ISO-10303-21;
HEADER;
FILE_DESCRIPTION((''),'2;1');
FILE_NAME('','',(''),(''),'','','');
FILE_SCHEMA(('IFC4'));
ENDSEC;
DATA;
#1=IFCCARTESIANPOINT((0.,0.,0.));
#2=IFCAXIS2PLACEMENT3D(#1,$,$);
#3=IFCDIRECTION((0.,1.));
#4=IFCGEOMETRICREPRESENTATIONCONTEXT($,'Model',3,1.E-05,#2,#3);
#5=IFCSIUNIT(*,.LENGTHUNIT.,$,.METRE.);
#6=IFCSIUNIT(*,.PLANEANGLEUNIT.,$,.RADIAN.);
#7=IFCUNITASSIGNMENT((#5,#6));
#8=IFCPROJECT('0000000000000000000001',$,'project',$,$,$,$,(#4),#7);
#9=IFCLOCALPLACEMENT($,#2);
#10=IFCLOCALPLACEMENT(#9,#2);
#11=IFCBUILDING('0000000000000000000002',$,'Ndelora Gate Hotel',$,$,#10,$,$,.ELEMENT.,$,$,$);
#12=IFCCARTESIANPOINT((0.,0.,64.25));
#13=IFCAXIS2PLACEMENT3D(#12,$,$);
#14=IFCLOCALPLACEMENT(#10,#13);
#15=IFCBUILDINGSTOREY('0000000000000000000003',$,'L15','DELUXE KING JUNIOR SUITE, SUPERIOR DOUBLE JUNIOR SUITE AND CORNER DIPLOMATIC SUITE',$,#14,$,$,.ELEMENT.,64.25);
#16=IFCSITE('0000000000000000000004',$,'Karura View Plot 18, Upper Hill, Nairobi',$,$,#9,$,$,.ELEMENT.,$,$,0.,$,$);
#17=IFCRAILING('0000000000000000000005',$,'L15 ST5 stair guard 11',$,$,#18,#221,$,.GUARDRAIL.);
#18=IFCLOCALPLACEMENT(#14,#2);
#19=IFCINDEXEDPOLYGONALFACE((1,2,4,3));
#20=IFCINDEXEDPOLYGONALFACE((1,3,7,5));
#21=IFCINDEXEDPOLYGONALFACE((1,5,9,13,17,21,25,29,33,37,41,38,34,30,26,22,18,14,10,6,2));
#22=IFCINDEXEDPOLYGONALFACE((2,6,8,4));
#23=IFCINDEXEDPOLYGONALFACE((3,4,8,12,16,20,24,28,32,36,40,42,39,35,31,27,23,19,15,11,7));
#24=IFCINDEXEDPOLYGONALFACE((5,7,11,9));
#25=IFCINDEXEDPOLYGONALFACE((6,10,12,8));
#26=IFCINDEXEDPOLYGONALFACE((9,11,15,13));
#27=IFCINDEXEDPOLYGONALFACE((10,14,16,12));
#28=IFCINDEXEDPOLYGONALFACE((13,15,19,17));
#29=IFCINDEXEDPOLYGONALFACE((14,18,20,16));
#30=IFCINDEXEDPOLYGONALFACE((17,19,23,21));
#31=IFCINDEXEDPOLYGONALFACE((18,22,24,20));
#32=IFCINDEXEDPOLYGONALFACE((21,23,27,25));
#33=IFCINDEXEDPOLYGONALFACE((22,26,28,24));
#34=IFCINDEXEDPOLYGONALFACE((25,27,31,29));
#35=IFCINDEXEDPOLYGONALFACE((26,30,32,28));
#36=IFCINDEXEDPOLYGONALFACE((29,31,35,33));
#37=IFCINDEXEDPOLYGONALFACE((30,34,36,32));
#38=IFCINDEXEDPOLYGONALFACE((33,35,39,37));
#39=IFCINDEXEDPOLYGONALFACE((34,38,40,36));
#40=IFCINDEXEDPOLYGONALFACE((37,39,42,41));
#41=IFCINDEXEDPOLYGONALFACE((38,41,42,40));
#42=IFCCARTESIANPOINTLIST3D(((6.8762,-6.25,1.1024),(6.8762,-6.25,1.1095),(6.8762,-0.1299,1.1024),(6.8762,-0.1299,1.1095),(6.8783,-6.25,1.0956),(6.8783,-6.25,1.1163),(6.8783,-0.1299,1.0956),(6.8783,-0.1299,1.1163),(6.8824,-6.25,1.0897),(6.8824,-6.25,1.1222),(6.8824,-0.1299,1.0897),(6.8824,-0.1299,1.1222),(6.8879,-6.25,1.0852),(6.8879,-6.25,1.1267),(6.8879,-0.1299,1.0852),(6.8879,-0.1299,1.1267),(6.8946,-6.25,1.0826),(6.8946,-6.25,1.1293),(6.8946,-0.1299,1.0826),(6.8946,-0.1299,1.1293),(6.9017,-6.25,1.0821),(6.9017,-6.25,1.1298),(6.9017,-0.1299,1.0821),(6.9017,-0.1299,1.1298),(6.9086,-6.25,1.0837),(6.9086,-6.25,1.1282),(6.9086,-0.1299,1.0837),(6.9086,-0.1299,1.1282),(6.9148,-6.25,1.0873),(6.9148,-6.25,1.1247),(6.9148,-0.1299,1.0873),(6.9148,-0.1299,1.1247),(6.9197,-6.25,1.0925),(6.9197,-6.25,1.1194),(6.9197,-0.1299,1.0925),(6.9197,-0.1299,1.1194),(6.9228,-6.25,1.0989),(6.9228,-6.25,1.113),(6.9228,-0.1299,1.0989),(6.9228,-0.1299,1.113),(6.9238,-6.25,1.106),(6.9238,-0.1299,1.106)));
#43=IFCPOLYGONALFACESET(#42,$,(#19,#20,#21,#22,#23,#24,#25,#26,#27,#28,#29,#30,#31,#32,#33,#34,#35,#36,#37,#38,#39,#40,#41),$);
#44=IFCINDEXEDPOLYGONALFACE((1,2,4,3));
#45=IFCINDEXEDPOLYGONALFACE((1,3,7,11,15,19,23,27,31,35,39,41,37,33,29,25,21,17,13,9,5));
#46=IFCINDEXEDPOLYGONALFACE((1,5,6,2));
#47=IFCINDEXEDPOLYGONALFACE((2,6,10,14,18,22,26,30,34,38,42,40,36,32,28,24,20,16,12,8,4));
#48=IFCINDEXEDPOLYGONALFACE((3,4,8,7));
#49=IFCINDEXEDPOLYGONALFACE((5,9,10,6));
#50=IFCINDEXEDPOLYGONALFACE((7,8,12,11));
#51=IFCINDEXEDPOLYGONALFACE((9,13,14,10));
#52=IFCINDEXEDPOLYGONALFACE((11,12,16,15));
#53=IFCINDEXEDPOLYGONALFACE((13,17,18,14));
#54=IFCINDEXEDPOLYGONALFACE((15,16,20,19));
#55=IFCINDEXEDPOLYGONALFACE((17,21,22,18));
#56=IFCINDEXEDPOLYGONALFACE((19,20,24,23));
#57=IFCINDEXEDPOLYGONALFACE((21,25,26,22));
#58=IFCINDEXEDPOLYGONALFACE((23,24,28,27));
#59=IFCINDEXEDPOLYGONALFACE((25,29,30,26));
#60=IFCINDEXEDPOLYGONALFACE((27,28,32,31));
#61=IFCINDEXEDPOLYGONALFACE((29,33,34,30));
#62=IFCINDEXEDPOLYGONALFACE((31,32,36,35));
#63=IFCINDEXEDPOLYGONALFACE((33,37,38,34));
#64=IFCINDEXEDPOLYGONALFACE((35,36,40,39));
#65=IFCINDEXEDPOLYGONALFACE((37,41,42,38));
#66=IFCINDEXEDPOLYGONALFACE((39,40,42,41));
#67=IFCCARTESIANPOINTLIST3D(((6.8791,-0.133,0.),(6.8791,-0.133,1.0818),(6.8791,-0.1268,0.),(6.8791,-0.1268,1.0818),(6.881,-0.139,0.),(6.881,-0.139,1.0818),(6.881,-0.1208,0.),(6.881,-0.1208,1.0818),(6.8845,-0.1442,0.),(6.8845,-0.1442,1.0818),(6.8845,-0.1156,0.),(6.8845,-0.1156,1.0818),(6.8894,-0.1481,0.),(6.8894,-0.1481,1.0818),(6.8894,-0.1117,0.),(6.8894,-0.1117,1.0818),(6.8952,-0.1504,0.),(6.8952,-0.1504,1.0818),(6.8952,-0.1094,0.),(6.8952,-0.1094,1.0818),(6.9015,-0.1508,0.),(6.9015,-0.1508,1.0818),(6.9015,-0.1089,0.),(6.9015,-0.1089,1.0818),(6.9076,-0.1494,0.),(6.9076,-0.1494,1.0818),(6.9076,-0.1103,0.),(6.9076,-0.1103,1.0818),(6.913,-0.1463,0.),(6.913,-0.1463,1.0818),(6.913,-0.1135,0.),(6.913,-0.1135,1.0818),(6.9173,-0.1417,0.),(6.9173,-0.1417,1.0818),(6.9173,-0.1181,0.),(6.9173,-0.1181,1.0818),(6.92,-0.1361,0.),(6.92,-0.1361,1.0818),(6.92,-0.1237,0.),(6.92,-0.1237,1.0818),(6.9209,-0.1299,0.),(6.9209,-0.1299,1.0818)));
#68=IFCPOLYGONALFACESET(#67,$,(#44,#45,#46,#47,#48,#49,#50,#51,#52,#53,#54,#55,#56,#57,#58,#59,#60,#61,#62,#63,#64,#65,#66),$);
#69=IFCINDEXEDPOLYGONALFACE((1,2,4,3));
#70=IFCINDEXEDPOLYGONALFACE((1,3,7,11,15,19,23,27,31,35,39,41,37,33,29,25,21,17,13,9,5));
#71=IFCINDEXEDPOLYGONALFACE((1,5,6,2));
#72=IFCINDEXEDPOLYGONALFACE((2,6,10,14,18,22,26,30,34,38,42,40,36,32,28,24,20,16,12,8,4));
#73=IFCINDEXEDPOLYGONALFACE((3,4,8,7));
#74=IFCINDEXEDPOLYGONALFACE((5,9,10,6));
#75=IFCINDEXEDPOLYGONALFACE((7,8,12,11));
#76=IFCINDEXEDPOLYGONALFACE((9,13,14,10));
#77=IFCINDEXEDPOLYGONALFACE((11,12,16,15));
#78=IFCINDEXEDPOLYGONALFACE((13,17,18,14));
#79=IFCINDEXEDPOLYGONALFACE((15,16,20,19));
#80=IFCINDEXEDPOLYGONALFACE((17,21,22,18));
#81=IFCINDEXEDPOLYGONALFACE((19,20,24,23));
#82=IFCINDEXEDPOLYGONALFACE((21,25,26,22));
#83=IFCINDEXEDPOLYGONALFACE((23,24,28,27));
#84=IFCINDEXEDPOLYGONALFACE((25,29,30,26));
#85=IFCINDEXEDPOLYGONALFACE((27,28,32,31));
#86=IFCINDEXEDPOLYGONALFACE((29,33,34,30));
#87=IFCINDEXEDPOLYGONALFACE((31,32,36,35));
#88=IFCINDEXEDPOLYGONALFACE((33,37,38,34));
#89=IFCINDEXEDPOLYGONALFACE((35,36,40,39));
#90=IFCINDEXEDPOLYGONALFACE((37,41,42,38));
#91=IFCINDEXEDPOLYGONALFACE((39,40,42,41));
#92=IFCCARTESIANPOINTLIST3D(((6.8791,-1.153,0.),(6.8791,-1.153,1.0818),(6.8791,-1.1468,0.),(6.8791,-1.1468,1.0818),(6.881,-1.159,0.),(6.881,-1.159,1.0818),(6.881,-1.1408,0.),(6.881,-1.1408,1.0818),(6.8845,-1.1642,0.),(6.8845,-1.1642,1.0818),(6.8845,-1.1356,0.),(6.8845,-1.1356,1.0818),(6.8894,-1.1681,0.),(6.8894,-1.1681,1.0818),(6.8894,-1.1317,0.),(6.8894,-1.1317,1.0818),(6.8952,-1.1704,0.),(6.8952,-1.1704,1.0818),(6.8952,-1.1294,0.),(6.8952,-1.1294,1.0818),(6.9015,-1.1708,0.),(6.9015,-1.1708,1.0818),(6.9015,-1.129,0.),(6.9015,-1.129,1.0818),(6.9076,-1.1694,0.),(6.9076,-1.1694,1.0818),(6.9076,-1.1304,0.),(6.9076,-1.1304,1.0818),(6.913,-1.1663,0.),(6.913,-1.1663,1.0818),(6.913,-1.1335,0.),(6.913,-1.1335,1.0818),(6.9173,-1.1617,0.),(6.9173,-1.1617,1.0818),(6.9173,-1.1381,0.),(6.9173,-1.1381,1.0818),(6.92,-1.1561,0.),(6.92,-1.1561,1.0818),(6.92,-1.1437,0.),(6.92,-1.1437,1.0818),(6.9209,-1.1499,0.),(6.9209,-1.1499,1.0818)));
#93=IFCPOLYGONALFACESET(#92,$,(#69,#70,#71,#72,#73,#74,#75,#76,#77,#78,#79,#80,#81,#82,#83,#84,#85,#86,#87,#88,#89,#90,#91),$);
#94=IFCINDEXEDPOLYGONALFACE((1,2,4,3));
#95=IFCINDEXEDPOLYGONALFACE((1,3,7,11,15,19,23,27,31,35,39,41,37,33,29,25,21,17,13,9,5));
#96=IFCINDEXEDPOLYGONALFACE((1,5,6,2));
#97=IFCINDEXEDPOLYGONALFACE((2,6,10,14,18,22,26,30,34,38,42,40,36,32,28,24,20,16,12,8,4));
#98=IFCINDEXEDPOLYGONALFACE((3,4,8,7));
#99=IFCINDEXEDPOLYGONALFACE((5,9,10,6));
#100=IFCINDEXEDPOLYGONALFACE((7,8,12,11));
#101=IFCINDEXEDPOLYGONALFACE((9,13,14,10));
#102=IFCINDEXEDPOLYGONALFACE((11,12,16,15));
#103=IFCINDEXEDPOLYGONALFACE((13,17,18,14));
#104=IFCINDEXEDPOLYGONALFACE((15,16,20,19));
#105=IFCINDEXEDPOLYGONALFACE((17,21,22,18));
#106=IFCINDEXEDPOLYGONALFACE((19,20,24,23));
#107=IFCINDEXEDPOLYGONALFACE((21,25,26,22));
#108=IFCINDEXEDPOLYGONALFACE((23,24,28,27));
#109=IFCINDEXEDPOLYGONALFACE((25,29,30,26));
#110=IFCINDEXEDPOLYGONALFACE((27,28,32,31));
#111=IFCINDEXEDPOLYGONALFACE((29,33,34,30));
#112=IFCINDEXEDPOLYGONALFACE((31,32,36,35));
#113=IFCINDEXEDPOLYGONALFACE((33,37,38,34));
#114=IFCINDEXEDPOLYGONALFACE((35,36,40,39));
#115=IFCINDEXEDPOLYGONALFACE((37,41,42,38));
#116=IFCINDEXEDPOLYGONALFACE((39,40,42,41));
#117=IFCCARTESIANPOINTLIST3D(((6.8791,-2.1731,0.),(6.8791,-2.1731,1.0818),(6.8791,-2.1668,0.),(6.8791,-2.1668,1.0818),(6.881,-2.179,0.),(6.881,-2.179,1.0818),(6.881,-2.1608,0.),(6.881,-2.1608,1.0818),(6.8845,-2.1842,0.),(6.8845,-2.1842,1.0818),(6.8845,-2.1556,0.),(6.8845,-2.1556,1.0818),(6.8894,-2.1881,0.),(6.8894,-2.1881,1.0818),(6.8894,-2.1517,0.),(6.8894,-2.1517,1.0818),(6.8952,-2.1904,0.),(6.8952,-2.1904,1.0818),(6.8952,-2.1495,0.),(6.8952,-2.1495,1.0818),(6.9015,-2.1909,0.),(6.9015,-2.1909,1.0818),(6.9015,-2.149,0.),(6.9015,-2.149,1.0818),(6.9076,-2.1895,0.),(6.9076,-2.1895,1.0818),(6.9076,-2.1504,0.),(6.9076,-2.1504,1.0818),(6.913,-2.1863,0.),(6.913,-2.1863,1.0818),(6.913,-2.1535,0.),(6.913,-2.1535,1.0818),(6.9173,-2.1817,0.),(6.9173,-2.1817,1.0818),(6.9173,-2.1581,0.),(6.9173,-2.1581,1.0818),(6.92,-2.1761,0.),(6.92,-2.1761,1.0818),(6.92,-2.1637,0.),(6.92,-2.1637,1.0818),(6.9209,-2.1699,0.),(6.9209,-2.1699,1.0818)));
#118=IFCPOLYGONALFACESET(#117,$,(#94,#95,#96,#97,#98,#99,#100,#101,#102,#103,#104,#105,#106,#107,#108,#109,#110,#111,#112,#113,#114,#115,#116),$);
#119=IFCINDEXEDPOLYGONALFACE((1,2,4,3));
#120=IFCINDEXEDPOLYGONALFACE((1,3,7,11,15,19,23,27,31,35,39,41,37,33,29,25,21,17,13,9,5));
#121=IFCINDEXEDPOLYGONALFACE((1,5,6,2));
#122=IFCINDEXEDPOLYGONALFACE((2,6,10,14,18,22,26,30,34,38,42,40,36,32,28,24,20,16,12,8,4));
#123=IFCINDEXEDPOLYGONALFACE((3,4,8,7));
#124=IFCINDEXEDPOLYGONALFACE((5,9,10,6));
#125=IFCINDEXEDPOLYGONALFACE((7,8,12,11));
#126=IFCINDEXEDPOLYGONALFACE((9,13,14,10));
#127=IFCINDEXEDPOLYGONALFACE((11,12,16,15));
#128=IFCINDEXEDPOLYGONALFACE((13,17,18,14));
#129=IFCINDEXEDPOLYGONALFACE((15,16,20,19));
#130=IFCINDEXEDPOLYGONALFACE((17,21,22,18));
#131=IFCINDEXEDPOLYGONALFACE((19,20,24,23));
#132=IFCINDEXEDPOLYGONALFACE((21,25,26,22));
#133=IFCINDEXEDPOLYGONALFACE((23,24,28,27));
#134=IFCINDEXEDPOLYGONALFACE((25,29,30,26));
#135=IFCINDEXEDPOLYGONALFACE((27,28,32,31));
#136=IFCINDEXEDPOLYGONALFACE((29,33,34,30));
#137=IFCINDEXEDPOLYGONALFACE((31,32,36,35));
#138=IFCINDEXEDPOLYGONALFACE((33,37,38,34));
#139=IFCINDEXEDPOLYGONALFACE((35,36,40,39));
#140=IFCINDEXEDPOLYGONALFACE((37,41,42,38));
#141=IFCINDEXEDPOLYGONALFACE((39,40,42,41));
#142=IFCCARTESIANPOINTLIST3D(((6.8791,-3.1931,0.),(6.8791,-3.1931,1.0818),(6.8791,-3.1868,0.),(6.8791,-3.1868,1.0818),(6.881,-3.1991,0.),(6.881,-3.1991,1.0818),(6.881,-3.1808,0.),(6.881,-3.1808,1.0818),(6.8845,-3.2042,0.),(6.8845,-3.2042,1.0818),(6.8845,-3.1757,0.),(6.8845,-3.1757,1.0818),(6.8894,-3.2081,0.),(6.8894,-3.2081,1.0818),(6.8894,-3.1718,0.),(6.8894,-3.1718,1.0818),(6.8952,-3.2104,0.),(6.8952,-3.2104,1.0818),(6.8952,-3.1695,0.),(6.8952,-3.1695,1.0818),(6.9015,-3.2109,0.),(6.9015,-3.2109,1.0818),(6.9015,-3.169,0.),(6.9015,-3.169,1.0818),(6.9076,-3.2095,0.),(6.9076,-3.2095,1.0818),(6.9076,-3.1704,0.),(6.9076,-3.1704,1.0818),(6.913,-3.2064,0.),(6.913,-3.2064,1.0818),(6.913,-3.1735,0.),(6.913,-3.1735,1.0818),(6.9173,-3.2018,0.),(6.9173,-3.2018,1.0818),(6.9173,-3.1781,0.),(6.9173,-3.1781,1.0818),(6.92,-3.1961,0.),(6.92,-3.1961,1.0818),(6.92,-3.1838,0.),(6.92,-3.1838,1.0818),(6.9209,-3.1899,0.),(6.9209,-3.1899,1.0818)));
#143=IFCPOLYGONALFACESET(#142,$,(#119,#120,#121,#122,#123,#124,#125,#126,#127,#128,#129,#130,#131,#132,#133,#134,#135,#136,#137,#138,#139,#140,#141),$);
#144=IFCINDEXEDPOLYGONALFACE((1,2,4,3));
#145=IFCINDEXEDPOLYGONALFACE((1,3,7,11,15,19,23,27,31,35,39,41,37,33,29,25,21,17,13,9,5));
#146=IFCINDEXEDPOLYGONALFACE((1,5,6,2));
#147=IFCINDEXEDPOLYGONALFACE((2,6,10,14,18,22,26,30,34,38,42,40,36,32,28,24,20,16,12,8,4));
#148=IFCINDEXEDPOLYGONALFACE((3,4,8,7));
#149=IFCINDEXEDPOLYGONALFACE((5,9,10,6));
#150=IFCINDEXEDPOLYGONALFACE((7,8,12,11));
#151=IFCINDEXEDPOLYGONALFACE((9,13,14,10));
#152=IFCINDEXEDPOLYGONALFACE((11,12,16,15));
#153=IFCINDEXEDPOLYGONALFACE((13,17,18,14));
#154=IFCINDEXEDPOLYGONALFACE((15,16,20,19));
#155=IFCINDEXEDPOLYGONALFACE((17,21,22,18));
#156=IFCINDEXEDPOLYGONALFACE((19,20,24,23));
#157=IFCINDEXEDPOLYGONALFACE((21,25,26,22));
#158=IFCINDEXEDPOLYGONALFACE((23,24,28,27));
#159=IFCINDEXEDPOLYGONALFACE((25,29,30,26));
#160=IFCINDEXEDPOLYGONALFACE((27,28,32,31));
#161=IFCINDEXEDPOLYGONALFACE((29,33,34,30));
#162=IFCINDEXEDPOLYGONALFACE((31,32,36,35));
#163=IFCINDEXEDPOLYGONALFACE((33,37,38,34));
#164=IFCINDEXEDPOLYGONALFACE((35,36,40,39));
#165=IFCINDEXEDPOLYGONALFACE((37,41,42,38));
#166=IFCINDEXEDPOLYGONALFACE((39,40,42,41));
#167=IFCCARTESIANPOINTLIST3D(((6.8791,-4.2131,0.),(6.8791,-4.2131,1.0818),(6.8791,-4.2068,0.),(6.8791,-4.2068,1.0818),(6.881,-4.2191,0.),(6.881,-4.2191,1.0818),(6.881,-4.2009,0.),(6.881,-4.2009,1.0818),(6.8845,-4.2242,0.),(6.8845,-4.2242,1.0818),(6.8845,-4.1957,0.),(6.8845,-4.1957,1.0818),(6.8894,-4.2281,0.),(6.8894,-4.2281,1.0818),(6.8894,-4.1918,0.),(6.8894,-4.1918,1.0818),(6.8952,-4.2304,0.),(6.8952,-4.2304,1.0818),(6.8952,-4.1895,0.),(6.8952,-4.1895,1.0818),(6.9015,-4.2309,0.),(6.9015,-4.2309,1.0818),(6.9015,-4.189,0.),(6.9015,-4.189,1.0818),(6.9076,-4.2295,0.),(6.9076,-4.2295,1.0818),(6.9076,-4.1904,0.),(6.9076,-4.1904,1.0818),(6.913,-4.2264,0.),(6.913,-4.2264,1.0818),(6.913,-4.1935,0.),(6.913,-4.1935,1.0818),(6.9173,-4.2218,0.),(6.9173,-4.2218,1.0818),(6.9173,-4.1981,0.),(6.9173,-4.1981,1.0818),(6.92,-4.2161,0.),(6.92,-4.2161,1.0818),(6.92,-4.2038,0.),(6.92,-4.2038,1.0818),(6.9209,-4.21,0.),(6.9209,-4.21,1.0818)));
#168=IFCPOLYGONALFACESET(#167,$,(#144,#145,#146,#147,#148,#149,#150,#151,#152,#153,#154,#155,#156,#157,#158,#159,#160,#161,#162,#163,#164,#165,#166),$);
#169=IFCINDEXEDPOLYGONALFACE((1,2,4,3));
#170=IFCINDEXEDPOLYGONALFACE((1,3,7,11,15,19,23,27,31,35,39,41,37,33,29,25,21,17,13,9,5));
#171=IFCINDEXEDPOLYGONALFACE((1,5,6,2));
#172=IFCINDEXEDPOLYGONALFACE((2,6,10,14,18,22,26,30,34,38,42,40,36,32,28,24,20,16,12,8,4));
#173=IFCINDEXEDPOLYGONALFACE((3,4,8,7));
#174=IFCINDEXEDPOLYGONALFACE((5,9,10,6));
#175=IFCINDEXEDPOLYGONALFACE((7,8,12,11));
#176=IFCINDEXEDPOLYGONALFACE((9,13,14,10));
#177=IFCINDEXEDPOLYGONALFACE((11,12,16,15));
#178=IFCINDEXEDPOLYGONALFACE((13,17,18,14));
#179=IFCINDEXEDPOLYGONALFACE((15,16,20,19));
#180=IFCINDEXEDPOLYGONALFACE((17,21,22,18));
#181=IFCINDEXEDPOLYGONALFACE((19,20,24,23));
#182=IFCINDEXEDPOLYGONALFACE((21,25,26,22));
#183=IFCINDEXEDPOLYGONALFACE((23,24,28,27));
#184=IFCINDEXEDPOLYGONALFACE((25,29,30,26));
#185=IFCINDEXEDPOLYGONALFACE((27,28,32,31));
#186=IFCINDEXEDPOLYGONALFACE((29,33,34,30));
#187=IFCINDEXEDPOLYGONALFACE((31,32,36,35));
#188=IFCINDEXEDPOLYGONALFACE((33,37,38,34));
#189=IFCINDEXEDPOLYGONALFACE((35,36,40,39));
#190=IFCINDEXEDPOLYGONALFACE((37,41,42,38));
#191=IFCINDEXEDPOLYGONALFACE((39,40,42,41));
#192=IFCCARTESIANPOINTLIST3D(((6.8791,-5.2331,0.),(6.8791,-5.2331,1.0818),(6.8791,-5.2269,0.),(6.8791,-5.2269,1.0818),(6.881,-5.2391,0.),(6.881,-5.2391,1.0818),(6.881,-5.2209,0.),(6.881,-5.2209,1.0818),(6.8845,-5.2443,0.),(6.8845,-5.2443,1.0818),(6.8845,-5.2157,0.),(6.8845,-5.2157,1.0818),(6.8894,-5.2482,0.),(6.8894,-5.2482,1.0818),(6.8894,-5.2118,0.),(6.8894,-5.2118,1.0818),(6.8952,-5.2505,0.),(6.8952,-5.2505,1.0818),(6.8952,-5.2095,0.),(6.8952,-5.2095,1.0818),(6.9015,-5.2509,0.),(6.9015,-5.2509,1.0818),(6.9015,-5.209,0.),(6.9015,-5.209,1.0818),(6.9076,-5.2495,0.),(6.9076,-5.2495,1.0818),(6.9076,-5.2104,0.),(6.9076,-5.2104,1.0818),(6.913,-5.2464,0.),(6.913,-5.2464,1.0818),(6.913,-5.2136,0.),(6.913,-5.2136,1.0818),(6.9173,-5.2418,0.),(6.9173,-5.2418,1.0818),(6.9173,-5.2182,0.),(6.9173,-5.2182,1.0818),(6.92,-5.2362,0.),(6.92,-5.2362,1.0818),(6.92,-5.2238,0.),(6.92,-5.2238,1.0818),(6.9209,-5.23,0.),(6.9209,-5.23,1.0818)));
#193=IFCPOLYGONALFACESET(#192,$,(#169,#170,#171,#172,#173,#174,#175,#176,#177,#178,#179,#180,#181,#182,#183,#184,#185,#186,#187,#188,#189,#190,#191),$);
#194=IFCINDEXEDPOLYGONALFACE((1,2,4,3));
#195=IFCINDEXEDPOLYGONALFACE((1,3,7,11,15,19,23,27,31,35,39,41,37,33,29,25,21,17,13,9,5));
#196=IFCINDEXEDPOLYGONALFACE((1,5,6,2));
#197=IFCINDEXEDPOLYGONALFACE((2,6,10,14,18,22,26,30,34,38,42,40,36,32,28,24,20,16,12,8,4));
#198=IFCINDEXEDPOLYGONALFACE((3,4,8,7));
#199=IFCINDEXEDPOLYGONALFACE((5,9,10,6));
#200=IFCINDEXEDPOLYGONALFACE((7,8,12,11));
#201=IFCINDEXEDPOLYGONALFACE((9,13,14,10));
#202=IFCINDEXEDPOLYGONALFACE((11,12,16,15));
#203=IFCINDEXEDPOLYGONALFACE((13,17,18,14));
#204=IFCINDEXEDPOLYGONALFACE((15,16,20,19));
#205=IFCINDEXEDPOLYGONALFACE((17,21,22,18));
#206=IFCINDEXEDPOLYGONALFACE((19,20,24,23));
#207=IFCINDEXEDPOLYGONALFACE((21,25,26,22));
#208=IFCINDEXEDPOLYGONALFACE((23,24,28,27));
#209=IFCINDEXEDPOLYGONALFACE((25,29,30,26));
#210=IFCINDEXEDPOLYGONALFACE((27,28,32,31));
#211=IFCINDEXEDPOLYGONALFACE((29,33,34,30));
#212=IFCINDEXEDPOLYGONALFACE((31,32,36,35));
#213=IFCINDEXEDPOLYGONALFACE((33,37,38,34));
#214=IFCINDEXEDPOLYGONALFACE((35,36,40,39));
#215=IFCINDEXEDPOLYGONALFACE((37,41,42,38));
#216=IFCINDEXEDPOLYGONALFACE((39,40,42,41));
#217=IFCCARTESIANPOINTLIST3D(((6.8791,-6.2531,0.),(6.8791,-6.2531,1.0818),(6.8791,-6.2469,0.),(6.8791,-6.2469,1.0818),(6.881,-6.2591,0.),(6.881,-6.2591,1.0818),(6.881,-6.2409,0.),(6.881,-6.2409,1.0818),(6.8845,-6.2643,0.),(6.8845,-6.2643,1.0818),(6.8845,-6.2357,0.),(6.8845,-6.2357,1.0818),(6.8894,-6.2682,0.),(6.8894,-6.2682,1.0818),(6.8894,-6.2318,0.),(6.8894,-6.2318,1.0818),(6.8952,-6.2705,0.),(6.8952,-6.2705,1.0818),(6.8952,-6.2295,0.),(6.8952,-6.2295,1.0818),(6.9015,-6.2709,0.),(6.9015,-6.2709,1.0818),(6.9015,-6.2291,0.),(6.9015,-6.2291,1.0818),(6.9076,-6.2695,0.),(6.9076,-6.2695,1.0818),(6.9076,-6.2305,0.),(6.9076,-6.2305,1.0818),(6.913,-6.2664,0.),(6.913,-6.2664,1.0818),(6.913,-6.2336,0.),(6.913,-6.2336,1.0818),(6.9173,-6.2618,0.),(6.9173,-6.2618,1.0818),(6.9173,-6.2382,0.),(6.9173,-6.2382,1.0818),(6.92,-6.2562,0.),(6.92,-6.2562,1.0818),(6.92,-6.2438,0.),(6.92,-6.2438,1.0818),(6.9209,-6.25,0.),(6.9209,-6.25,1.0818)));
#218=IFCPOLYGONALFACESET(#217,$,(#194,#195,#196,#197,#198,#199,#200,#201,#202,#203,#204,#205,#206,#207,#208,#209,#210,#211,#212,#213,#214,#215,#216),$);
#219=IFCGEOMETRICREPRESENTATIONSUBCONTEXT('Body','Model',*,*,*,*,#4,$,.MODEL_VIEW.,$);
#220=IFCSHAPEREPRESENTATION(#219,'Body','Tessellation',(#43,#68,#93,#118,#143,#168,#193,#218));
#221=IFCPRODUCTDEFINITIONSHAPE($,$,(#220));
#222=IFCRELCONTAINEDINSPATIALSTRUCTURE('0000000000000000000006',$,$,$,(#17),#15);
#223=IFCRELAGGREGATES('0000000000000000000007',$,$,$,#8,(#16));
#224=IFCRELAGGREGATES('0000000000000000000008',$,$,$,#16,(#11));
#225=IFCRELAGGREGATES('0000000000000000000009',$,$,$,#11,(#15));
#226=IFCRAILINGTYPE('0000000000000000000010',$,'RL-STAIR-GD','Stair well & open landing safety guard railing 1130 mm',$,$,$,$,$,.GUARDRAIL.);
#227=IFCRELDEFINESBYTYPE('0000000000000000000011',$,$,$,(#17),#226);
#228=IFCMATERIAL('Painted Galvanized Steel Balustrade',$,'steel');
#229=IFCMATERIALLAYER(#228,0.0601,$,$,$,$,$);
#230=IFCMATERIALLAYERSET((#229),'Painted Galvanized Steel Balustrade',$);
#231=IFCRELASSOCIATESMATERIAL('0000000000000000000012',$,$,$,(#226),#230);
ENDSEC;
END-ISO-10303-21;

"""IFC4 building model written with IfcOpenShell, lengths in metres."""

from ifc_helpers import new_model, si_unit, direction, frame, origin, origin_2d, place, context, subcontext, project, spatial, circle, extrude, material, layer, layer_set, type_object, element, save


model = new_model("IFC4")

# Units and contexts
model_context = context("Model", 3, precision=1e-05, world=origin(), true_north=direction((0.0, 1.0)))
body_context = subcontext(model_context, "Body", "Model", "MODEL_VIEW")
ifc_project = project(units=[si_unit("LENGTHUNIT", "METRE"), si_unit("PLANEANGLEUNIT", "RADIAN")], contexts=[model_context])

# Site, building, storey
site_placement = place(None, origin())
site = spatial("IfcSite", under=ifc_project, at=site_placement, Name="Karura View Plot 18, Upper Hill, Nairobi", CompositionType="ELEMENT", RefElevation=0.0)
building_placement = place(site_placement, origin())
building = spatial("IfcBuilding", under=site, at=building_placement, Name="Ndelora Gate Hotel", CompositionType="ELEMENT")
storey_placement = place(building_placement, frame((0.0, 0.0, 64.25)))
storey = spatial("IfcBuildingStorey", under=building, at=storey_placement, Name="L15", Description="DELUXE KING JUNIOR SUITE, SUPERIOR DOUBLE JUNIOR SUITE AND CORNER DIPLOMATIC SUITE", CompositionType="ELEMENT", Elevation=64.25)

# Railing
ifc_material_1 = material(Name="Painted Galvanized Steel Balustrade", Category="steel")
ifc_layer_1 = layer(ifc_material_1, 0.0601)
ifc_layer_set_1 = layer_set([ifc_layer_1], Name="Painted Galvanized Steel Balustrade")
railing_type_1 = type_object("IfcRailingType", Name="RL-STAIR-GD", Description="Stair well & open landing safety guard railing 1130 mm", PredefinedType="GUARDRAIL", material=ifc_layer_set_1)
railing_1_placement = place(storey_placement, frame((6.8999, -0.1299, 0.0)))
element("IfcRailing", 1, at=railing_1_placement, inside=storey, type_object=railing_type_1, Name="L15 ST5 stair guard 11", PredefinedType="GUARDRAIL", context=body_context, shape_type="SweptSolid", body=[
    extrude(circle(Radius=0.0239, at=origin_2d()), frame((0.0, 0.0, 1.106), z_axis=(0.0, -1.0, 0.0), x_axis=(1.0, 0.0, 0.0)), (0.0, 0.0, 1.0), 6.1201),
    extrude(circle(Radius=0.021, at=origin_2d()), origin(), (0.0, 0.0, 1.0), 1.0818),
    extrude(circle(Radius=0.021, at=origin_2d()), frame((0.0, -1.02, 0.0)), (0.0, 0.0, 1.0), 1.0818),
    extrude(circle(Radius=0.021, at=origin_2d()), frame((0.0, -2.04, 0.0)), (0.0, 0.0, 1.0), 1.0818),
    extrude(circle(Radius=0.021, at=origin_2d()), frame((0.0, -3.0601, 0.0)), (0.0, 0.0, 1.0), 1.0818),
    extrude(circle(Radius=0.021, at=origin_2d()), frame((0.0, -4.0801, 0.0)), (0.0, 0.0, 1.0), 1.0818),
    extrude(circle(Radius=0.021, at=origin_2d()), frame((0.0, -5.1001, 0.0)), (0.0, 0.0, 1.0), 1.0818),
    extrude(circle(Radius=0.021, at=origin_2d()), frame((0.0, -6.1201, 0.0)), (0.0, 0.0, 1.0), 1.0818),
])

save(model, "model.ifc")
